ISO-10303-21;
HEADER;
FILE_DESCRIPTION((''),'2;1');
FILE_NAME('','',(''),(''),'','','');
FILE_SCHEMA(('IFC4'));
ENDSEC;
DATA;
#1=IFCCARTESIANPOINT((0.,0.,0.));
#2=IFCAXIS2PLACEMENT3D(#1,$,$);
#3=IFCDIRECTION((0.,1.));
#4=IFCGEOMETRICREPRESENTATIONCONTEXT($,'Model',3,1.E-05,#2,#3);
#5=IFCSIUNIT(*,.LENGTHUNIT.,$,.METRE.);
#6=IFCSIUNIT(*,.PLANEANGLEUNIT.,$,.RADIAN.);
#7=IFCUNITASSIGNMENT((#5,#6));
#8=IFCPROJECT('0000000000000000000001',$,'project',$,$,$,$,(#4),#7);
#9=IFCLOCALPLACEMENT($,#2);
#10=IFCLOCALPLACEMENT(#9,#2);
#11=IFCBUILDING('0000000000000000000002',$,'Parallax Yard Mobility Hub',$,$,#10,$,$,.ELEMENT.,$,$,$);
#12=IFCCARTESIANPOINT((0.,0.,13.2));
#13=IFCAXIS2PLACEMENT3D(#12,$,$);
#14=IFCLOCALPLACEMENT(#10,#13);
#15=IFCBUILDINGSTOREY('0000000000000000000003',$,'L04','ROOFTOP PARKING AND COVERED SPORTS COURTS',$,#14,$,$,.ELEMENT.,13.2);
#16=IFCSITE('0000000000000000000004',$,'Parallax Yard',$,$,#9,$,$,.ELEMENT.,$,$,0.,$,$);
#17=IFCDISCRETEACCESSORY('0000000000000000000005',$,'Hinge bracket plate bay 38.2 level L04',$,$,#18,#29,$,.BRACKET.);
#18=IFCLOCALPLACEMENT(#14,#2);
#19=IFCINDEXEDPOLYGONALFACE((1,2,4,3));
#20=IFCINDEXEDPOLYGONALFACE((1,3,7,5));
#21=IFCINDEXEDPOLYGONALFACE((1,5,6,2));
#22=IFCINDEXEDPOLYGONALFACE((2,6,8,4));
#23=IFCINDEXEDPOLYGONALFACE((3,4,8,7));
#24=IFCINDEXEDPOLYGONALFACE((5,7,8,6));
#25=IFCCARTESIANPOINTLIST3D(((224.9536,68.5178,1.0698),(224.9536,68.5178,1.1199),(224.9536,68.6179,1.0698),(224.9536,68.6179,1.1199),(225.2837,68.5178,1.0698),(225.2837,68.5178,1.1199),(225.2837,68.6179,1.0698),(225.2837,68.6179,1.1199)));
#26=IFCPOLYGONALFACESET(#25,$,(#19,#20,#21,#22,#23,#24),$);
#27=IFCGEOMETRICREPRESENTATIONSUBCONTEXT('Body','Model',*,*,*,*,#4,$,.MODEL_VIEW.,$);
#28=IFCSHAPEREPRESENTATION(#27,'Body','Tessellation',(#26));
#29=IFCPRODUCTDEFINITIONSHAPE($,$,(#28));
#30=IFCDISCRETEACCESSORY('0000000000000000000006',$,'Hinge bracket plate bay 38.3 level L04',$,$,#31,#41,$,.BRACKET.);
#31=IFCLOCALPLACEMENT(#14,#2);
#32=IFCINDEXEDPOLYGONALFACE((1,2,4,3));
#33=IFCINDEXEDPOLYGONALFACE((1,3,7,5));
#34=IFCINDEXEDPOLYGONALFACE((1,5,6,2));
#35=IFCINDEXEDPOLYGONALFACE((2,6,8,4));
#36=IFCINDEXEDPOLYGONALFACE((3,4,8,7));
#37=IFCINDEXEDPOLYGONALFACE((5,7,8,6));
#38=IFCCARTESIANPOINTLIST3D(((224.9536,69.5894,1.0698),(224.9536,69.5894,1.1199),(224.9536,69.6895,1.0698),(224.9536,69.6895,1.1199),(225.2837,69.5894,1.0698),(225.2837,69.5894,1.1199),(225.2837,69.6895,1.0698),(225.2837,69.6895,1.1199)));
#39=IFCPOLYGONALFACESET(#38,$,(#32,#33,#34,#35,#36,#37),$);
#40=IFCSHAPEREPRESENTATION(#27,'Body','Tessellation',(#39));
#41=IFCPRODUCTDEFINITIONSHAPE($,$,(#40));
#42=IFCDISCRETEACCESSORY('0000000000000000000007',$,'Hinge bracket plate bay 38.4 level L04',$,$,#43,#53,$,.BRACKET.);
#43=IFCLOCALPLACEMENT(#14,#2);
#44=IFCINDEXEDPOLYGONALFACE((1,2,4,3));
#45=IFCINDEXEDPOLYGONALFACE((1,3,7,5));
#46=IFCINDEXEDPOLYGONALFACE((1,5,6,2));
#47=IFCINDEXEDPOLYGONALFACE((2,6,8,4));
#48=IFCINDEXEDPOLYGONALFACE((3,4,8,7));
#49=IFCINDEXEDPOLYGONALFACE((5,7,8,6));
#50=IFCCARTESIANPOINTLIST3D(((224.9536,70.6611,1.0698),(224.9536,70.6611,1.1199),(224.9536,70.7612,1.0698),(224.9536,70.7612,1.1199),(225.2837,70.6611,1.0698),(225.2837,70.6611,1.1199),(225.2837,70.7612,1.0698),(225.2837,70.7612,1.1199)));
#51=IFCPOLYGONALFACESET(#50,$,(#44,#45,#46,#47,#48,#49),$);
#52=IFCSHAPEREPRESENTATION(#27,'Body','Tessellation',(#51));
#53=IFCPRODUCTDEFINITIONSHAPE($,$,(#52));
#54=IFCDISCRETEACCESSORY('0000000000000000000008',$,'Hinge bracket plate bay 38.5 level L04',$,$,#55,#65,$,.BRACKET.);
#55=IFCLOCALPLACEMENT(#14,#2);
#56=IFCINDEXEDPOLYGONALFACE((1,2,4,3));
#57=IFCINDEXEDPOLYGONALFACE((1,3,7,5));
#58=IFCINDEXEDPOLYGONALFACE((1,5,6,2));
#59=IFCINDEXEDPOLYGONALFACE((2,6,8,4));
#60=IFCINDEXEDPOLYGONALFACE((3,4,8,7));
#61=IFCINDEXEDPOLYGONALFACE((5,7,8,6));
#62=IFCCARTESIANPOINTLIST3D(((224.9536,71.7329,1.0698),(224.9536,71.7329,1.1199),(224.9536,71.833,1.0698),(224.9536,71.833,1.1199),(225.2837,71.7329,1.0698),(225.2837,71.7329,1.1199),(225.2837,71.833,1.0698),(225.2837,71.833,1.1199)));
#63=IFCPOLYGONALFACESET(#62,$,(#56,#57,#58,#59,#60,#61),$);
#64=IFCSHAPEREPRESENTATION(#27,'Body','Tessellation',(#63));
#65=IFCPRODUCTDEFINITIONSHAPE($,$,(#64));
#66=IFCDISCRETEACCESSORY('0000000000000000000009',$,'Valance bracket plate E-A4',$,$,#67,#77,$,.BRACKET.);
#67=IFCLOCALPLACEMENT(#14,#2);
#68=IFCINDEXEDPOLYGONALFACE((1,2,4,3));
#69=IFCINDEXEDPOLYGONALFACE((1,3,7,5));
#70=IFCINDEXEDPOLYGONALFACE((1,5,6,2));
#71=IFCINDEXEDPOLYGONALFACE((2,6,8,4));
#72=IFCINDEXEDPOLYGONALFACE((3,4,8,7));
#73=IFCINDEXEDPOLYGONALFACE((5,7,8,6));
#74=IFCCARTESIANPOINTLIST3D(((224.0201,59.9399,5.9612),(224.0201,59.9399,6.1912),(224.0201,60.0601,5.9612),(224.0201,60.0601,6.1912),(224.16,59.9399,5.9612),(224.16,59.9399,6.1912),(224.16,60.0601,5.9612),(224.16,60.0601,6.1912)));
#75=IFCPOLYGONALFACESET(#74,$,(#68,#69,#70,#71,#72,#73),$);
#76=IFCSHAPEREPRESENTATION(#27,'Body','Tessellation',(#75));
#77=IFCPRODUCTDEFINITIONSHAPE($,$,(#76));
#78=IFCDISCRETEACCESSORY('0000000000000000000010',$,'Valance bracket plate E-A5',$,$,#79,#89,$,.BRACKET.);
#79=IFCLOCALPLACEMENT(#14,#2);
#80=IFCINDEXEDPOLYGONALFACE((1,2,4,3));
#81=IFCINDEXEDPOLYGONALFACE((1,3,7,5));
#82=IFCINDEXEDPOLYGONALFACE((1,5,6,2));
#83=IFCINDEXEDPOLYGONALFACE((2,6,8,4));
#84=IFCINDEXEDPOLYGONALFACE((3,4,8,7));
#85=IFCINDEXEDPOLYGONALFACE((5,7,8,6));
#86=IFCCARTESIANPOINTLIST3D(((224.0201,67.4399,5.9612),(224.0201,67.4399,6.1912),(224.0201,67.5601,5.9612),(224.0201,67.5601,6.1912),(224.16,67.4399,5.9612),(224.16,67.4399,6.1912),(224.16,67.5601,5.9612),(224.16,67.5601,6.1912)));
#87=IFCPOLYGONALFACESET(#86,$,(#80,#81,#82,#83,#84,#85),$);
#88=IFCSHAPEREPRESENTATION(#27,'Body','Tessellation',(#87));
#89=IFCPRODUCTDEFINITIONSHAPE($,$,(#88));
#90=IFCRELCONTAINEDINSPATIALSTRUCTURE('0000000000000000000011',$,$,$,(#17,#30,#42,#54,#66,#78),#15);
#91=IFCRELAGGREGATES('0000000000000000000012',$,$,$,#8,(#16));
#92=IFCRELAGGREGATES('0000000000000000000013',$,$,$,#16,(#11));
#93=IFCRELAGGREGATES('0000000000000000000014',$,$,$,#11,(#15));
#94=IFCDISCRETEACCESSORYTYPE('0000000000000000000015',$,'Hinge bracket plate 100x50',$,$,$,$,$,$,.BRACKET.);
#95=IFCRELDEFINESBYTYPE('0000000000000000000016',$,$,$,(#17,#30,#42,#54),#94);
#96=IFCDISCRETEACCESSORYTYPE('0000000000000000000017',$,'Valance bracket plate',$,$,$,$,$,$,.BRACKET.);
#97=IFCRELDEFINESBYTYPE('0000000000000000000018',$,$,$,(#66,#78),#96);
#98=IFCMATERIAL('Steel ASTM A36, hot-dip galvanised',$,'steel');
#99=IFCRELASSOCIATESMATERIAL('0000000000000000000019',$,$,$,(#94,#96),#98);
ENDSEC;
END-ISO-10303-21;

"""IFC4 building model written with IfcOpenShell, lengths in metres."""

from ifc_helpers import new_model, si_unit, direction, frame, origin, origin_2d, place, context, subcontext, project, spatial, rectangle, extrude, material, type_object, element, save


model = new_model("IFC4")

# Units and contexts
model_context = context("Model", 3, precision=1e-05, world=origin(), true_north=direction((0.0, 1.0)))
body_context = subcontext(model_context, "Body", "Model", "MODEL_VIEW")
ifc_project = project(units=[si_unit("LENGTHUNIT", "METRE"), si_unit("PLANEANGLEUNIT", "RADIAN")], contexts=[model_context])

# Site, building, storey
site_placement = place(None, origin())
site = spatial("IfcSite", under=ifc_project, at=site_placement, Name="Parallax Yard", CompositionType="ELEMENT", RefElevation=0.0)
building_placement = place(site_placement, origin())
building = spatial("IfcBuilding", under=site, at=building_placement, Name="Parallax Yard Mobility Hub", CompositionType="ELEMENT")
storey_placement = place(building_placement, frame((0.0, 0.0, 13.2)))
storey = spatial("IfcBuildingStorey", under=building, at=storey_placement, Name="L04", Description="ROOFTOP PARKING AND COVERED SPORTS COURTS", CompositionType="ELEMENT", Elevation=13.2)

# Discrete accessories
ifc_material_1 = material(Name="Steel ASTM A36, hot-dip galvanised", Category="steel")
discrete_accessory_type_1 = type_object("IfcDiscreteAccessoryType", Name="Hinge bracket plate 100x50", PredefinedType="BRACKET", material=ifc_material_1)
for number, where, z_axis, x_axis, name in (
    (1, (225.1187, 68.5679, 1.0698), (0.0, 0.0, 1.0), (1.0, 0.0, 0.0), "Hinge bracket plate bay 38.2 level L04"),
    (2, (225.1187, 69.6394, 1.0698), (0.0, 0.0, 1.0), (1.0, 0.0, 0.0), "Hinge bracket plate bay 38.3 level L04"),
    (3, (225.1187, 70.7112, 1.0698), (0.0, 0.0, 1.0), (1.0, 0.0, 0.0), "Hinge bracket plate bay 38.4 level L04"),
    (4, (225.1187, 71.783, 1.0698), (0.0, 0.0, 1.0), (1.0, 0.0, 0.0), "Hinge bracket plate bay 38.5 level L04"),
):
    element("IfcDiscreteAccessory", number, at=place(storey_placement, frame(where, z_axis=z_axis, x_axis=x_axis)), inside=storey, type_object=discrete_accessory_type_1, Name=name, PredefinedType="BRACKET", context=body_context, shape_type="SweptSolid", body=[
        extrude(rectangle(XDim=0.3301, YDim=0.1001, at=origin_2d()), origin(), (0.0, 0.0, 1.0), 0.05),
    ])
discrete_accessory_type_2 = type_object("IfcDiscreteAccessoryType", Name="Valance bracket plate", PredefinedType="BRACKET", material=ifc_material_1)
for number, where, z_axis, x_axis, name in (
    (5, (224.0901, 60.0, 5.9612), (0.0, 0.0, 1.0), (1.0, 0.0, 0.0), "Valance bracket plate E-A4"),
    (6, (224.0901, 67.5, 5.9612), (0.0, 0.0, 1.0), (1.0, 0.0, 0.0), "Valance bracket plate E-A5"),
):
    element("IfcDiscreteAccessory", number, at=place(storey_placement, frame(where, z_axis=z_axis, x_axis=x_axis)), inside=storey, type_object=discrete_accessory_type_2, Name=name, PredefinedType="BRACKET", context=body_context, shape_type="SweptSolid", body=[
        extrude(rectangle(XDim=0.1399, YDim=0.1201, at=origin_2d()), origin(), (0.0, 0.0, 1.0), 0.23),
    ])

save(model, "model.ifc")
